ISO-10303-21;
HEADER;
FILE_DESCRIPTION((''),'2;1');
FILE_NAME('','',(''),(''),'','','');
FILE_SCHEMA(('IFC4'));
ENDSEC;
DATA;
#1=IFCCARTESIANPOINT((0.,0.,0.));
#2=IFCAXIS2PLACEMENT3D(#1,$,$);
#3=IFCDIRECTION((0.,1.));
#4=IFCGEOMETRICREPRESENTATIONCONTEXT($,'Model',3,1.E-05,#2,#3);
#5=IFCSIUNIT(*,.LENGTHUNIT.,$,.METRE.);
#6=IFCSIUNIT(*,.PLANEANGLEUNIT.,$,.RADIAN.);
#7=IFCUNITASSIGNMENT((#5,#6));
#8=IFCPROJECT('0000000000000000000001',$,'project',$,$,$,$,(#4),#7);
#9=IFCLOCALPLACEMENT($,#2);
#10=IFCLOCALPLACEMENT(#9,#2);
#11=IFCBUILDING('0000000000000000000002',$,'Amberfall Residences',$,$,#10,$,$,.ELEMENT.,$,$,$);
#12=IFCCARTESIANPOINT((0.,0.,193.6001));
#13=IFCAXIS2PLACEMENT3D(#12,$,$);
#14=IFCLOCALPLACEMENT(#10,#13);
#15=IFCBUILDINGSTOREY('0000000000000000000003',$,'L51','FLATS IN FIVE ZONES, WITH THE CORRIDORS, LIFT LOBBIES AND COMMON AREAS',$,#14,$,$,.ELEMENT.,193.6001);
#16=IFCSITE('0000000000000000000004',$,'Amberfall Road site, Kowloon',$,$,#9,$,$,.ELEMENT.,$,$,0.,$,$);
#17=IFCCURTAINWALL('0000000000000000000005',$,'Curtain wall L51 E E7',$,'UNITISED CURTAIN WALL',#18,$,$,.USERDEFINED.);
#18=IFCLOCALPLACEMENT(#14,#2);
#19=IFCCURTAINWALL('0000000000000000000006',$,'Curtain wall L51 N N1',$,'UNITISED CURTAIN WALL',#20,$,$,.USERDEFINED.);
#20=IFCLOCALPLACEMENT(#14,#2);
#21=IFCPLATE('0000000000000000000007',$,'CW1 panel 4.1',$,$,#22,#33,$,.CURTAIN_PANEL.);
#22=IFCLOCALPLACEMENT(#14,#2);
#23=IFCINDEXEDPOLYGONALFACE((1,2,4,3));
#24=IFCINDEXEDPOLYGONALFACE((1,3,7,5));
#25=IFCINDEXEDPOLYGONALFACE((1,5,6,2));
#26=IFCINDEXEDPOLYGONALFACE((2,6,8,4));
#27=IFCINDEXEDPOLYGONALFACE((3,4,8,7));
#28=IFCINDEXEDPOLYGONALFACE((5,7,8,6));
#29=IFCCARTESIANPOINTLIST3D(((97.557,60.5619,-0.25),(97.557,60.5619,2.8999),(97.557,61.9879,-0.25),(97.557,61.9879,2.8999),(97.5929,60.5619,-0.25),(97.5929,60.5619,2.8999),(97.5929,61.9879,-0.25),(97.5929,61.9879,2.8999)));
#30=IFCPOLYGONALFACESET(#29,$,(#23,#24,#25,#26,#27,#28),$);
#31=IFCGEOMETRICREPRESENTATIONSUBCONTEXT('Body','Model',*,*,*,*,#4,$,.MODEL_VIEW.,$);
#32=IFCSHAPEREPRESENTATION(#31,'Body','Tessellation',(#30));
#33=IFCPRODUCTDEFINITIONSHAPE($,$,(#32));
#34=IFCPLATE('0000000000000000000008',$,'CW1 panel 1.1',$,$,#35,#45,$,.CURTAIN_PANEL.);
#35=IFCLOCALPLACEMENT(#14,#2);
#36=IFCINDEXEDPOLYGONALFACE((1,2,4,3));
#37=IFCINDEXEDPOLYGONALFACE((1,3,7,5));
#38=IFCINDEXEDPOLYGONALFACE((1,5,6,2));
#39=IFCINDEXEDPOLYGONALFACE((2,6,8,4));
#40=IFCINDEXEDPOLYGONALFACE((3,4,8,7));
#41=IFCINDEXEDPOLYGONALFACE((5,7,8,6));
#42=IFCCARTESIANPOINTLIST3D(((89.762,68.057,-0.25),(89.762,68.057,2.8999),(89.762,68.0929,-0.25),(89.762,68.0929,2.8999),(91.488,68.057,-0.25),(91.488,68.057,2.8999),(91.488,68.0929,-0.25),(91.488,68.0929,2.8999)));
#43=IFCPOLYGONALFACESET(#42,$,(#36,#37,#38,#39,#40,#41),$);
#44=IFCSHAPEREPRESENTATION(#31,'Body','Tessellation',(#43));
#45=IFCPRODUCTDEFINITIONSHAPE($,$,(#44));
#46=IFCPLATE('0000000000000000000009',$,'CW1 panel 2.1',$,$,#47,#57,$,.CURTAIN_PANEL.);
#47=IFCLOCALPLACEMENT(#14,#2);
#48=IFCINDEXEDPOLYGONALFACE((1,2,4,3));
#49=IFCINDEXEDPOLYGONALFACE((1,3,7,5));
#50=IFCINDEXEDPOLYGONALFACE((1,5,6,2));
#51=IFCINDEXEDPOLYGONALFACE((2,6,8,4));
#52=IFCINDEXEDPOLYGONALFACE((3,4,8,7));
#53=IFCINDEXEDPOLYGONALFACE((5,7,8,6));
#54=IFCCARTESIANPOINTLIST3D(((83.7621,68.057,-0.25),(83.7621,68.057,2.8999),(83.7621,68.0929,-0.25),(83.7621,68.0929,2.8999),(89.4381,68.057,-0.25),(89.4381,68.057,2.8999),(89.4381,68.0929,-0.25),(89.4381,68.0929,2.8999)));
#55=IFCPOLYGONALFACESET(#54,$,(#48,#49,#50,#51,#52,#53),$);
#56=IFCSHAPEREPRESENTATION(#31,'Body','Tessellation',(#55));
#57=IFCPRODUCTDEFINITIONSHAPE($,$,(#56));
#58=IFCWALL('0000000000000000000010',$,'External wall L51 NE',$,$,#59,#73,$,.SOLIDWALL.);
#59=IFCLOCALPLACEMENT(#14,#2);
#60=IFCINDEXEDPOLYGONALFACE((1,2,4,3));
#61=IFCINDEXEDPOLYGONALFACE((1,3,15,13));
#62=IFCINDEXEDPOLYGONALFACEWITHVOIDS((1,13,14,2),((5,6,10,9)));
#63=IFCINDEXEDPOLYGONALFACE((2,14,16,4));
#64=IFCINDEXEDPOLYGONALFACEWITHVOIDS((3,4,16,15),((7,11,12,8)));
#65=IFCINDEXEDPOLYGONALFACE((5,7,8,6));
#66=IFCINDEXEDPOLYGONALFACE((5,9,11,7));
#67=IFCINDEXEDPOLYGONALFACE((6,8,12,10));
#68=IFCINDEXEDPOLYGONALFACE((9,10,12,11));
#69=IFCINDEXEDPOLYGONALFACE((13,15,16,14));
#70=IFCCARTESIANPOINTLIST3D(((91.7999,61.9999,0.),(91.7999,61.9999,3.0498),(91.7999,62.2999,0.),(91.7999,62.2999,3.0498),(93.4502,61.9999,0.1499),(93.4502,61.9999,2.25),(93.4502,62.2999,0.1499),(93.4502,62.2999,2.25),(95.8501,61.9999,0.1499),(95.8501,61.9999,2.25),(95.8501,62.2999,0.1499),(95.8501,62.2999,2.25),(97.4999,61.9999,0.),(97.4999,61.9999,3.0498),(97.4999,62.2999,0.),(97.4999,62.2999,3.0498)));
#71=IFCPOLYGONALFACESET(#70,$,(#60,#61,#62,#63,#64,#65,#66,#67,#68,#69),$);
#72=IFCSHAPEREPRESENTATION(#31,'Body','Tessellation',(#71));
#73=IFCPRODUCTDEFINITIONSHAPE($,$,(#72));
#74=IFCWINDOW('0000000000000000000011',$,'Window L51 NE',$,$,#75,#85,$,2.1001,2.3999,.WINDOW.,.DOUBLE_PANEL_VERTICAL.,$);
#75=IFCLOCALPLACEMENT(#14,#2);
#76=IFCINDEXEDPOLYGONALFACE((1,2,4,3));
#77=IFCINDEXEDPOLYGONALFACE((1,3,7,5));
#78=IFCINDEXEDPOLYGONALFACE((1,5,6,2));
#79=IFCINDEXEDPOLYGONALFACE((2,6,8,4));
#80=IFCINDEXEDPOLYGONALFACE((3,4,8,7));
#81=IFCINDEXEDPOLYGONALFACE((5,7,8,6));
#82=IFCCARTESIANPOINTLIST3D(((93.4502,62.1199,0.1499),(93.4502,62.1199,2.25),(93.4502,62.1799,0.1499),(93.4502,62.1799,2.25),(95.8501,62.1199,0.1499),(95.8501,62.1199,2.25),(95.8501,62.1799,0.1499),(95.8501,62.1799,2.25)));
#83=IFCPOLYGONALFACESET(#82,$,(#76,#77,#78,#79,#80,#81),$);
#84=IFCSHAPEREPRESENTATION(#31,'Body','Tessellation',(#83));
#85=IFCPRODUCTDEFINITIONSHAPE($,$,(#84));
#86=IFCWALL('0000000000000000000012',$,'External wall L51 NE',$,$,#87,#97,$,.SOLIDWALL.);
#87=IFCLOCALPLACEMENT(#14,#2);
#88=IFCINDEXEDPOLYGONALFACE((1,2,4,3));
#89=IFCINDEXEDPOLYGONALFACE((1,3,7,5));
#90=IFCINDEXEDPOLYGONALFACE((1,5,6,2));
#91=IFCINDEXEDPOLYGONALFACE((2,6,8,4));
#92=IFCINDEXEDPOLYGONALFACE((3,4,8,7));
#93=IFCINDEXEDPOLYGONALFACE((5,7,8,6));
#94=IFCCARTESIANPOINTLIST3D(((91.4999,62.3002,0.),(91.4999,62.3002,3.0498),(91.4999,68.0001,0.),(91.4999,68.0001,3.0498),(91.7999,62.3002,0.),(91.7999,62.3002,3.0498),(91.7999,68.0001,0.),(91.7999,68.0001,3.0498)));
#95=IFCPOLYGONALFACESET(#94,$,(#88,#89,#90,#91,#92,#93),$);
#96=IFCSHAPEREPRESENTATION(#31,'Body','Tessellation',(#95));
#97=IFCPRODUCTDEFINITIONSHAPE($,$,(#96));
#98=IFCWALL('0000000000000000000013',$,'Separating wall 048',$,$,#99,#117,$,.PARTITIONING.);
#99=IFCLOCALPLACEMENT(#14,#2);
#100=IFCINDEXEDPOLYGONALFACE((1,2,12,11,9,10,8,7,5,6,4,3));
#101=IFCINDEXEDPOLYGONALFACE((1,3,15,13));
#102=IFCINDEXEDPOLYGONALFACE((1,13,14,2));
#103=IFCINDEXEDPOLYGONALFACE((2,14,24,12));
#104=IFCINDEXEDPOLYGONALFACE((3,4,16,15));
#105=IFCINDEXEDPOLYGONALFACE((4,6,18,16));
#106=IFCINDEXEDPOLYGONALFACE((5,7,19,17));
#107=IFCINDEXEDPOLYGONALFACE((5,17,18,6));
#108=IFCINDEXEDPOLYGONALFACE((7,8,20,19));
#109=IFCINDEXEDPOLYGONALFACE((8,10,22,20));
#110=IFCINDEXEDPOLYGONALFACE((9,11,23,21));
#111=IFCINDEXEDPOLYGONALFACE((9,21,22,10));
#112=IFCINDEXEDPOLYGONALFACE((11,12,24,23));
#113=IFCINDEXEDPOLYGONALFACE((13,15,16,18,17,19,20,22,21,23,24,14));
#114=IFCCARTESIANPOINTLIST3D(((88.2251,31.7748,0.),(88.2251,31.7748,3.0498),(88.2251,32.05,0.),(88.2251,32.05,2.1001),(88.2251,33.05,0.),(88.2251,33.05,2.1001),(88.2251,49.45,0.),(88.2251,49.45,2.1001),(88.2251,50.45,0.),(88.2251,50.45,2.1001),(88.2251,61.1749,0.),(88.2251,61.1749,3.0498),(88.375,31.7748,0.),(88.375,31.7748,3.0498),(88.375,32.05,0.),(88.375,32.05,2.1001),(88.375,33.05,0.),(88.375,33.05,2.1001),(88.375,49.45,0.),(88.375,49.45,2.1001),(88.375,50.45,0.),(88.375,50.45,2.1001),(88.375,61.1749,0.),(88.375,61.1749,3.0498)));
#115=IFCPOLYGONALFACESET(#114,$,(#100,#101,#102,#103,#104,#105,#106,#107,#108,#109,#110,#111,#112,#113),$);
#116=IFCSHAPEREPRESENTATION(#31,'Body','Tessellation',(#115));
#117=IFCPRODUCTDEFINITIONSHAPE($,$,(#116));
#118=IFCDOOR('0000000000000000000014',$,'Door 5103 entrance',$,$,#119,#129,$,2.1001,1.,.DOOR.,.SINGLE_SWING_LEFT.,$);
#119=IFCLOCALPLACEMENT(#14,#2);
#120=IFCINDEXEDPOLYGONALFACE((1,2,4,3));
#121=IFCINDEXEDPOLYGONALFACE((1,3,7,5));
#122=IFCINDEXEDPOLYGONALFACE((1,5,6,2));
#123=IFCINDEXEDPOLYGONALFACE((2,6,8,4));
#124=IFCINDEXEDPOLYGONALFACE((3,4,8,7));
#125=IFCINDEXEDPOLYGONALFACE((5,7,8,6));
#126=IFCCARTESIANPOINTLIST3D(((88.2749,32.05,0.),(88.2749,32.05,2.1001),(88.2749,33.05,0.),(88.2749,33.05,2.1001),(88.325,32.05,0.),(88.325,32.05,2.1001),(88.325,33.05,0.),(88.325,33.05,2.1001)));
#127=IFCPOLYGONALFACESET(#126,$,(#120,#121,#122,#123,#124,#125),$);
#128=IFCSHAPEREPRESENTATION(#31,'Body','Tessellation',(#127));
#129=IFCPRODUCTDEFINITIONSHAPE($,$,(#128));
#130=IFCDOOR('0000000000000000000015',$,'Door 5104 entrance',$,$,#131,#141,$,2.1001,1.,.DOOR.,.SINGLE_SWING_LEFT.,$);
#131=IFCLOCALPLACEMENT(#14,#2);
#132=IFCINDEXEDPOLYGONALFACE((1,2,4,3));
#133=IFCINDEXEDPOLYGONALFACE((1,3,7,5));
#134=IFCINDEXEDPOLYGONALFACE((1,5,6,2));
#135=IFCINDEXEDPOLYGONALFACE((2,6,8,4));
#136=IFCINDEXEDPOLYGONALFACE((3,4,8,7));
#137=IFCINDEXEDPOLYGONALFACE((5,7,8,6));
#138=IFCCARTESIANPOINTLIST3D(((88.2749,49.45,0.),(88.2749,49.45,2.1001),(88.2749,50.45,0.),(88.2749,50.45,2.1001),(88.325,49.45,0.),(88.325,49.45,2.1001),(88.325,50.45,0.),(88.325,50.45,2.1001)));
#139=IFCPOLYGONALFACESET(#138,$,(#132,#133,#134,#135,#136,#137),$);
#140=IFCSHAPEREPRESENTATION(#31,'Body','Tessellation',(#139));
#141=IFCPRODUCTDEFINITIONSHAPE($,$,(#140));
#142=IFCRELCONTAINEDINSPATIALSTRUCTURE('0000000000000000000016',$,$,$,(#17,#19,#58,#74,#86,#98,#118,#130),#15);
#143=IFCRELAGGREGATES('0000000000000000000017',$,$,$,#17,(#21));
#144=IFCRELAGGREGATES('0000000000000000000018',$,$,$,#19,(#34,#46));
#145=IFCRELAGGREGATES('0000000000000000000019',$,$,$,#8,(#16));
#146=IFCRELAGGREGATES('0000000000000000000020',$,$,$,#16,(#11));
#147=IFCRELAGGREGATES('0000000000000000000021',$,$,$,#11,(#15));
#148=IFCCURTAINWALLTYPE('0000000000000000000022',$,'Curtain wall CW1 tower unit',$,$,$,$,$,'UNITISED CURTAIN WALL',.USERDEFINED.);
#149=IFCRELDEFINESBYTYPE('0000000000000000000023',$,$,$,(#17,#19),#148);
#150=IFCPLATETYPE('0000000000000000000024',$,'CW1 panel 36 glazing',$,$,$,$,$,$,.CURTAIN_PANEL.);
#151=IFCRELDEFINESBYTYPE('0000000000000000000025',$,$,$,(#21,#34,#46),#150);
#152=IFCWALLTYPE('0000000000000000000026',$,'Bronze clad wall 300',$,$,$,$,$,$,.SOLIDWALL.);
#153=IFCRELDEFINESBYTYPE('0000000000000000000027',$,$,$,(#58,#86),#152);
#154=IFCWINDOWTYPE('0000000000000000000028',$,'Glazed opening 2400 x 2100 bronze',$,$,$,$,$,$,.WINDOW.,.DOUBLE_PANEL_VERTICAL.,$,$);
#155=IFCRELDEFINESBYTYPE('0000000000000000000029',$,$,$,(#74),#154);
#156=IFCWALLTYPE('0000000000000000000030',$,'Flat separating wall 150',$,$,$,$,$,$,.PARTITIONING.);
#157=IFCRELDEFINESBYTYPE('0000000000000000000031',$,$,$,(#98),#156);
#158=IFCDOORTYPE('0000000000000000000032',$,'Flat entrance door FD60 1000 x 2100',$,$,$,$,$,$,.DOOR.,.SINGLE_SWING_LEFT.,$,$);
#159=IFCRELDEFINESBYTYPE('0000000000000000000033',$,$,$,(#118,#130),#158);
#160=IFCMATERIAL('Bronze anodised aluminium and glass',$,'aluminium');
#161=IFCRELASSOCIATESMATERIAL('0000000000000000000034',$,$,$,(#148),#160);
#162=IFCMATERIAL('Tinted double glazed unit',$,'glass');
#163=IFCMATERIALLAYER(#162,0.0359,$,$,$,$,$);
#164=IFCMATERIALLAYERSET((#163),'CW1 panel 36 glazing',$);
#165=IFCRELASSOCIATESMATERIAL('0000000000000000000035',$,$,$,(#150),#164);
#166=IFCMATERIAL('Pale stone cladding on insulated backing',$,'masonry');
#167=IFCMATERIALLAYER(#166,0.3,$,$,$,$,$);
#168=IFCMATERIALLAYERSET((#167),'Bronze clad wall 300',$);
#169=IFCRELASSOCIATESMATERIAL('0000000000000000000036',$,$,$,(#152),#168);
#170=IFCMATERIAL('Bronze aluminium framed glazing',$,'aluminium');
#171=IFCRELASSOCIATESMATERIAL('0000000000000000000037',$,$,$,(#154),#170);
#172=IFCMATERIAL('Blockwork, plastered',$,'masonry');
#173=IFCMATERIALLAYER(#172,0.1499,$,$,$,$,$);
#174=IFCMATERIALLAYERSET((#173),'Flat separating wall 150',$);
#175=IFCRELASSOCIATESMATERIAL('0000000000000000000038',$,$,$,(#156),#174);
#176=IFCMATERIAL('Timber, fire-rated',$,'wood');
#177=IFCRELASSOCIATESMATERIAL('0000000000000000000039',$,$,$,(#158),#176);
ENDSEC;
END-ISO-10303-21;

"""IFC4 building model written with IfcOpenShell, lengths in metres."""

from ifc_helpers import new_model, si_unit, direction, frame, frame_2d, origin, origin_2d, place, context, subcontext, project, spatial, rectangle, extrude, material, layer, layer_set, type_object, element, fill, aggregate, save


model = new_model("IFC4")

# Units and contexts
model_context = context("Model", 3, precision=1e-05, world=origin(), true_north=direction((0.0, 1.0)))
body_context = subcontext(model_context, "Body", "Model", "MODEL_VIEW")
ifc_project = project(units=[si_unit("LENGTHUNIT", "METRE"), si_unit("PLANEANGLEUNIT", "RADIAN")], contexts=[model_context])

# Site, building, storey
site_placement = place(None, origin())
site = spatial("IfcSite", under=ifc_project, at=site_placement, Name="Amberfall Road site, Kowloon", CompositionType="ELEMENT", RefElevation=0.0)
building_placement = place(site_placement, origin())
building = spatial("IfcBuilding", under=site, at=building_placement, Name="Amberfall Residences", CompositionType="ELEMENT")
storey_placement = place(building_placement, frame((0.0, 0.0, 193.6001)))
storey = spatial("IfcBuildingStorey", under=building, at=storey_placement, Name="L51", Description="FLATS IN FIVE ZONES, WITH THE CORRIDORS, LIFT LOBBIES AND COMMON AREAS", CompositionType="ELEMENT", Elevation=193.6001)

# Curtain wall
ifc_material_1 = material(Name="Bronze anodised aluminium and glass", Category="aluminium")
curtain_wall_type = type_object("IfcCurtainWallType", Name="Curtain wall CW1 tower unit", ElementType="UNITISED CURTAIN WALL", PredefinedType="USERDEFINED", material=ifc_material_1)
curtain_wall_1_placement = place(storey_placement, origin())
curtain_wall_1 = element("IfcCurtainWall", 1, at=curtain_wall_1_placement, inside=storey, type_object=curtain_wall_type, Name="Curtain wall L51 E E7", ObjectType="UNITISED CURTAIN WALL", PredefinedType="USERDEFINED")

# Curtain wall
curtain_wall_2_placement = place(storey_placement, origin())
curtain_wall_2 = element("IfcCurtainWall", 2, at=curtain_wall_2_placement, inside=storey, type_object=curtain_wall_type, Name="Curtain wall L51 N N1", ObjectType="UNITISED CURTAIN WALL", PredefinedType="USERDEFINED")

# Plates
ifc_material_2 = material(Name="Tinted double glazed unit", Category="glass")
ifc_layer_1 = layer(ifc_material_2, 0.0359)
ifc_layer_set_1 = layer_set([ifc_layer_1], Name="CW1 panel 36 glazing")
plate_type = type_object("IfcPlateType", Name="CW1 panel 36 glazing", PredefinedType="CURTAIN_PANEL", material=ifc_layer_set_1)
plate_1_placement = place(storey_placement, frame((97.575, 61.2749, -0.25), z_axis=(0.0, 0.0, 1.0), x_axis=(0.0, 1.0, 0.0)))
plate_1 = element("IfcPlate", 3, at=plate_1_placement, type_object=plate_type, Name="CW1 panel 4.1", PredefinedType="CURTAIN_PANEL", context=body_context, shape_type="SweptSolid", body=[
    extrude(rectangle(XDim=1.426, YDim=0.0359, at=origin_2d()), origin(), (0.0, 0.0, 1.0), 3.1499),
])
aggregate(curtain_wall_1, [plate_1])
plate_2_placement = place(storey_placement, frame((90.625, 68.075, -0.25), z_axis=(0.0, 0.0, 1.0), x_axis=(-1.0, 0.0, 0.0)))
plate_2 = element("IfcPlate", 4, at=plate_2_placement, type_object=plate_type, Name="CW1 panel 1.1", PredefinedType="CURTAIN_PANEL", context=body_context, shape_type="SweptSolid", body=[
    extrude(rectangle(XDim=1.7261, YDim=0.0359, at=origin_2d()), origin(), (0.0, 0.0, 1.0), 3.1499),
])
plate_3_placement = place(storey_placement, frame((86.6001, 68.075, -0.25), z_axis=(0.0, 0.0, 1.0), x_axis=(-1.0, 0.0, 0.0)))
plate_3 = element("IfcPlate", 5, at=plate_3_placement, type_object=plate_type, Name="CW1 panel 2.1", PredefinedType="CURTAIN_PANEL", context=body_context, shape_type="SweptSolid", body=[
    extrude(rectangle(XDim=5.676, YDim=0.0359, at=origin_2d()), origin(), (0.0, 0.0, 1.0), 3.1499),
])
aggregate(curtain_wall_2, [plate_2, plate_3])

# Wall, opening, window
ifc_material_3 = material(Name="Pale stone cladding on insulated backing", Category="masonry")
ifc_layer_2 = layer(ifc_material_3, 0.3)
ifc_layer_set_2 = layer_set([ifc_layer_2], Name="Bronze clad wall 300")
wall_type_1 = type_object("IfcWallType", Name="Bronze clad wall 300", PredefinedType="SOLIDWALL", material=ifc_layer_set_2)
wall_1_placement = place(storey_placement, frame((97.5, 62.1499, 0.0), z_axis=(0.0, 0.0, 1.0), x_axis=(-1.0, 0.0, 0.0)))
wall_1 = element("IfcWall", 6, at=wall_1_placement, inside=storey, type_object=wall_type_1, Name="External wall L51 NE", PredefinedType="SOLIDWALL", context=body_context, shape_type="SweptSolid", body=[
    extrude(rectangle(XDim=5.7, YDim=0.3, at=frame_2d((2.8501, 0.0))), origin(), (0.0, 0.0, 1.0), 3.0498),
])
opening_1_placement = place(wall_1_placement, frame((1.6499, 0.0, 0.1499)))
opening_1 = element("IfcOpeningElement", 7, at=opening_1_placement, cuts=wall_1, PredefinedType="OPENING", context=body_context, shape_type="SweptSolid", body=[
    extrude(rectangle(XDim=2.3999, YDim=2.1001, at=frame_2d((1.2, 1.05))), frame((0.0, 0.1599, 0.0), z_axis=(0.0, -1.0, 0.0), x_axis=(1.0, 0.0, 0.0)), (0.0, 0.0, 1.0), 0.3201),
])
ifc_material_4 = material(Name="Bronze aluminium framed glazing", Category="aluminium")
window_type = type_object("IfcWindowType", Name="Glazed opening 2400 x 2100 bronze", PartitioningType="DOUBLE_PANEL_VERTICAL", PredefinedType="WINDOW", material=ifc_material_4)
window_placement = place(opening_1_placement, origin())
window = element("IfcWindow", 8, at=window_placement, inside=storey, type_object=window_type, Name="Window L51 NE", OverallHeight=2.1001, OverallWidth=2.3999, PartitioningType="DOUBLE_PANEL_VERTICAL", PredefinedType="WINDOW", context=body_context, shape_type="SweptSolid", body=[
    extrude(rectangle(XDim=2.3999, YDim=2.1001, at=frame_2d((1.2, 1.05))), frame((0.0, 0.03, 0.0), z_axis=(0.0, -1.0, 0.0), x_axis=(1.0, 0.0, 0.0)), (0.0, 0.0, 1.0), 0.0601),
])
fill(opening_1, window)

# Wall
wall_2_placement = place(storey_placement, frame((91.6499, 62.3, 0.0), z_axis=(0.0, 0.0, 1.0), x_axis=(0.0, 1.0, 0.0)))
element("IfcWall", 9, at=wall_2_placement, inside=storey, type_object=wall_type_1, Name="External wall L51 NE", PredefinedType="SOLIDWALL", context=body_context, shape_type="SweptSolid", body=[
    extrude(rectangle(XDim=5.7, YDim=0.3, at=frame_2d((2.8501, 0.0))), origin(), (0.0, 0.0, 1.0), 3.0498),
])

# Wall, openings, doors
ifc_material_5 = material(Name="Blockwork, plastered", Category="masonry")
ifc_layer_3 = layer(ifc_material_5, 0.1499)
ifc_layer_set_3 = layer_set([ifc_layer_3], Name="Flat separating wall 150")
wall_type_2 = type_object("IfcWallType", Name="Flat separating wall 150", PredefinedType="PARTITIONING", material=ifc_layer_set_3)
wall_3_placement = place(storey_placement, frame((88.3, 61.175, 0.0), z_axis=(0.0, 0.0, 1.0), x_axis=(0.0, -1.0, 0.0)))
wall_3 = element("IfcWall", 10, at=wall_3_placement, inside=storey, type_object=wall_type_2, Name="Separating wall 048", PredefinedType="PARTITIONING", context=body_context, shape_type="SweptSolid", body=[
    extrude(rectangle(XDim=29.4001, YDim=0.1499, at=frame_2d((14.7002, 0.0))), origin(), (0.0, 0.0, 1.0), 3.0498),
])
opening_2_placement = place(wall_3_placement, frame((28.125, 0.0, 0.0)))
opening_2 = element("IfcOpeningElement", 11, at=opening_2_placement, cuts=wall_3, PredefinedType="OPENING", context=body_context, shape_type="SweptSolid", body=[
    extrude(rectangle(XDim=1.0, YDim=2.1001, at=frame_2d((0.5, 1.05))), frame((0.0, 0.085, 0.0), z_axis=(0.0, -1.0, 0.0), x_axis=(1.0, 0.0, 0.0)), (0.0, 0.0, 1.0), 0.1699),
])
opening_3_placement = place(wall_3_placement, frame((10.7251, 0.0, 0.0)))
opening_3 = element("IfcOpeningElement", 12, at=opening_3_placement, cuts=wall_3, PredefinedType="OPENING", context=body_context, shape_type="SweptSolid", body=[
    extrude(rectangle(XDim=1.0, YDim=2.1001, at=frame_2d((0.5, 1.05))), frame((0.0, 0.085, 0.0), z_axis=(0.0, -1.0, 0.0), x_axis=(1.0, 0.0, 0.0)), (0.0, 0.0, 1.0), 0.1699),
])
ifc_material_6 = material(Name="Timber, fire-rated", Category="wood")
door_type = type_object("IfcDoorType", Name="Flat entrance door FD60 1000 x 2100", OperationType="SINGLE_SWING_LEFT", PredefinedType="DOOR", material=ifc_material_6)
door_1_placement = place(opening_2_placement, origin())
door_1 = element("IfcDoor", 13, at=door_1_placement, inside=storey, type_object=door_type, Name="Door 5103 entrance", OperationType="SINGLE_SWING_LEFT", OverallHeight=2.1001, OverallWidth=1.0, PredefinedType="DOOR", context=body_context, shape_type="SweptSolid", body=[
    extrude(rectangle(XDim=1.0, YDim=2.1001, at=frame_2d((0.5, 1.05))), frame((0.0, 0.0249, 0.0), z_axis=(0.0, -1.0, 0.0), x_axis=(1.0, 0.0, 0.0)), (0.0, 0.0, 1.0), 0.05),
])
fill(opening_2, door_1)
door_2_placement = place(opening_3_placement, origin())
door_2 = element("IfcDoor", 14, at=door_2_placement, inside=storey, type_object=door_type, Name="Door 5104 entrance", OperationType="SINGLE_SWING_LEFT", OverallHeight=2.1001, OverallWidth=1.0, PredefinedType="DOOR", context=body_context, shape_type="SweptSolid", body=[
    extrude(rectangle(XDim=1.0, YDim=2.1001, at=frame_2d((0.5, 1.05))), frame((0.0, 0.0249, 0.0), z_axis=(0.0, -1.0, 0.0), x_axis=(1.0, 0.0, 0.0)), (0.0, 0.0, 1.0), 0.05),
])
fill(opening_3, door_2)

save(model, "model.ifc")
